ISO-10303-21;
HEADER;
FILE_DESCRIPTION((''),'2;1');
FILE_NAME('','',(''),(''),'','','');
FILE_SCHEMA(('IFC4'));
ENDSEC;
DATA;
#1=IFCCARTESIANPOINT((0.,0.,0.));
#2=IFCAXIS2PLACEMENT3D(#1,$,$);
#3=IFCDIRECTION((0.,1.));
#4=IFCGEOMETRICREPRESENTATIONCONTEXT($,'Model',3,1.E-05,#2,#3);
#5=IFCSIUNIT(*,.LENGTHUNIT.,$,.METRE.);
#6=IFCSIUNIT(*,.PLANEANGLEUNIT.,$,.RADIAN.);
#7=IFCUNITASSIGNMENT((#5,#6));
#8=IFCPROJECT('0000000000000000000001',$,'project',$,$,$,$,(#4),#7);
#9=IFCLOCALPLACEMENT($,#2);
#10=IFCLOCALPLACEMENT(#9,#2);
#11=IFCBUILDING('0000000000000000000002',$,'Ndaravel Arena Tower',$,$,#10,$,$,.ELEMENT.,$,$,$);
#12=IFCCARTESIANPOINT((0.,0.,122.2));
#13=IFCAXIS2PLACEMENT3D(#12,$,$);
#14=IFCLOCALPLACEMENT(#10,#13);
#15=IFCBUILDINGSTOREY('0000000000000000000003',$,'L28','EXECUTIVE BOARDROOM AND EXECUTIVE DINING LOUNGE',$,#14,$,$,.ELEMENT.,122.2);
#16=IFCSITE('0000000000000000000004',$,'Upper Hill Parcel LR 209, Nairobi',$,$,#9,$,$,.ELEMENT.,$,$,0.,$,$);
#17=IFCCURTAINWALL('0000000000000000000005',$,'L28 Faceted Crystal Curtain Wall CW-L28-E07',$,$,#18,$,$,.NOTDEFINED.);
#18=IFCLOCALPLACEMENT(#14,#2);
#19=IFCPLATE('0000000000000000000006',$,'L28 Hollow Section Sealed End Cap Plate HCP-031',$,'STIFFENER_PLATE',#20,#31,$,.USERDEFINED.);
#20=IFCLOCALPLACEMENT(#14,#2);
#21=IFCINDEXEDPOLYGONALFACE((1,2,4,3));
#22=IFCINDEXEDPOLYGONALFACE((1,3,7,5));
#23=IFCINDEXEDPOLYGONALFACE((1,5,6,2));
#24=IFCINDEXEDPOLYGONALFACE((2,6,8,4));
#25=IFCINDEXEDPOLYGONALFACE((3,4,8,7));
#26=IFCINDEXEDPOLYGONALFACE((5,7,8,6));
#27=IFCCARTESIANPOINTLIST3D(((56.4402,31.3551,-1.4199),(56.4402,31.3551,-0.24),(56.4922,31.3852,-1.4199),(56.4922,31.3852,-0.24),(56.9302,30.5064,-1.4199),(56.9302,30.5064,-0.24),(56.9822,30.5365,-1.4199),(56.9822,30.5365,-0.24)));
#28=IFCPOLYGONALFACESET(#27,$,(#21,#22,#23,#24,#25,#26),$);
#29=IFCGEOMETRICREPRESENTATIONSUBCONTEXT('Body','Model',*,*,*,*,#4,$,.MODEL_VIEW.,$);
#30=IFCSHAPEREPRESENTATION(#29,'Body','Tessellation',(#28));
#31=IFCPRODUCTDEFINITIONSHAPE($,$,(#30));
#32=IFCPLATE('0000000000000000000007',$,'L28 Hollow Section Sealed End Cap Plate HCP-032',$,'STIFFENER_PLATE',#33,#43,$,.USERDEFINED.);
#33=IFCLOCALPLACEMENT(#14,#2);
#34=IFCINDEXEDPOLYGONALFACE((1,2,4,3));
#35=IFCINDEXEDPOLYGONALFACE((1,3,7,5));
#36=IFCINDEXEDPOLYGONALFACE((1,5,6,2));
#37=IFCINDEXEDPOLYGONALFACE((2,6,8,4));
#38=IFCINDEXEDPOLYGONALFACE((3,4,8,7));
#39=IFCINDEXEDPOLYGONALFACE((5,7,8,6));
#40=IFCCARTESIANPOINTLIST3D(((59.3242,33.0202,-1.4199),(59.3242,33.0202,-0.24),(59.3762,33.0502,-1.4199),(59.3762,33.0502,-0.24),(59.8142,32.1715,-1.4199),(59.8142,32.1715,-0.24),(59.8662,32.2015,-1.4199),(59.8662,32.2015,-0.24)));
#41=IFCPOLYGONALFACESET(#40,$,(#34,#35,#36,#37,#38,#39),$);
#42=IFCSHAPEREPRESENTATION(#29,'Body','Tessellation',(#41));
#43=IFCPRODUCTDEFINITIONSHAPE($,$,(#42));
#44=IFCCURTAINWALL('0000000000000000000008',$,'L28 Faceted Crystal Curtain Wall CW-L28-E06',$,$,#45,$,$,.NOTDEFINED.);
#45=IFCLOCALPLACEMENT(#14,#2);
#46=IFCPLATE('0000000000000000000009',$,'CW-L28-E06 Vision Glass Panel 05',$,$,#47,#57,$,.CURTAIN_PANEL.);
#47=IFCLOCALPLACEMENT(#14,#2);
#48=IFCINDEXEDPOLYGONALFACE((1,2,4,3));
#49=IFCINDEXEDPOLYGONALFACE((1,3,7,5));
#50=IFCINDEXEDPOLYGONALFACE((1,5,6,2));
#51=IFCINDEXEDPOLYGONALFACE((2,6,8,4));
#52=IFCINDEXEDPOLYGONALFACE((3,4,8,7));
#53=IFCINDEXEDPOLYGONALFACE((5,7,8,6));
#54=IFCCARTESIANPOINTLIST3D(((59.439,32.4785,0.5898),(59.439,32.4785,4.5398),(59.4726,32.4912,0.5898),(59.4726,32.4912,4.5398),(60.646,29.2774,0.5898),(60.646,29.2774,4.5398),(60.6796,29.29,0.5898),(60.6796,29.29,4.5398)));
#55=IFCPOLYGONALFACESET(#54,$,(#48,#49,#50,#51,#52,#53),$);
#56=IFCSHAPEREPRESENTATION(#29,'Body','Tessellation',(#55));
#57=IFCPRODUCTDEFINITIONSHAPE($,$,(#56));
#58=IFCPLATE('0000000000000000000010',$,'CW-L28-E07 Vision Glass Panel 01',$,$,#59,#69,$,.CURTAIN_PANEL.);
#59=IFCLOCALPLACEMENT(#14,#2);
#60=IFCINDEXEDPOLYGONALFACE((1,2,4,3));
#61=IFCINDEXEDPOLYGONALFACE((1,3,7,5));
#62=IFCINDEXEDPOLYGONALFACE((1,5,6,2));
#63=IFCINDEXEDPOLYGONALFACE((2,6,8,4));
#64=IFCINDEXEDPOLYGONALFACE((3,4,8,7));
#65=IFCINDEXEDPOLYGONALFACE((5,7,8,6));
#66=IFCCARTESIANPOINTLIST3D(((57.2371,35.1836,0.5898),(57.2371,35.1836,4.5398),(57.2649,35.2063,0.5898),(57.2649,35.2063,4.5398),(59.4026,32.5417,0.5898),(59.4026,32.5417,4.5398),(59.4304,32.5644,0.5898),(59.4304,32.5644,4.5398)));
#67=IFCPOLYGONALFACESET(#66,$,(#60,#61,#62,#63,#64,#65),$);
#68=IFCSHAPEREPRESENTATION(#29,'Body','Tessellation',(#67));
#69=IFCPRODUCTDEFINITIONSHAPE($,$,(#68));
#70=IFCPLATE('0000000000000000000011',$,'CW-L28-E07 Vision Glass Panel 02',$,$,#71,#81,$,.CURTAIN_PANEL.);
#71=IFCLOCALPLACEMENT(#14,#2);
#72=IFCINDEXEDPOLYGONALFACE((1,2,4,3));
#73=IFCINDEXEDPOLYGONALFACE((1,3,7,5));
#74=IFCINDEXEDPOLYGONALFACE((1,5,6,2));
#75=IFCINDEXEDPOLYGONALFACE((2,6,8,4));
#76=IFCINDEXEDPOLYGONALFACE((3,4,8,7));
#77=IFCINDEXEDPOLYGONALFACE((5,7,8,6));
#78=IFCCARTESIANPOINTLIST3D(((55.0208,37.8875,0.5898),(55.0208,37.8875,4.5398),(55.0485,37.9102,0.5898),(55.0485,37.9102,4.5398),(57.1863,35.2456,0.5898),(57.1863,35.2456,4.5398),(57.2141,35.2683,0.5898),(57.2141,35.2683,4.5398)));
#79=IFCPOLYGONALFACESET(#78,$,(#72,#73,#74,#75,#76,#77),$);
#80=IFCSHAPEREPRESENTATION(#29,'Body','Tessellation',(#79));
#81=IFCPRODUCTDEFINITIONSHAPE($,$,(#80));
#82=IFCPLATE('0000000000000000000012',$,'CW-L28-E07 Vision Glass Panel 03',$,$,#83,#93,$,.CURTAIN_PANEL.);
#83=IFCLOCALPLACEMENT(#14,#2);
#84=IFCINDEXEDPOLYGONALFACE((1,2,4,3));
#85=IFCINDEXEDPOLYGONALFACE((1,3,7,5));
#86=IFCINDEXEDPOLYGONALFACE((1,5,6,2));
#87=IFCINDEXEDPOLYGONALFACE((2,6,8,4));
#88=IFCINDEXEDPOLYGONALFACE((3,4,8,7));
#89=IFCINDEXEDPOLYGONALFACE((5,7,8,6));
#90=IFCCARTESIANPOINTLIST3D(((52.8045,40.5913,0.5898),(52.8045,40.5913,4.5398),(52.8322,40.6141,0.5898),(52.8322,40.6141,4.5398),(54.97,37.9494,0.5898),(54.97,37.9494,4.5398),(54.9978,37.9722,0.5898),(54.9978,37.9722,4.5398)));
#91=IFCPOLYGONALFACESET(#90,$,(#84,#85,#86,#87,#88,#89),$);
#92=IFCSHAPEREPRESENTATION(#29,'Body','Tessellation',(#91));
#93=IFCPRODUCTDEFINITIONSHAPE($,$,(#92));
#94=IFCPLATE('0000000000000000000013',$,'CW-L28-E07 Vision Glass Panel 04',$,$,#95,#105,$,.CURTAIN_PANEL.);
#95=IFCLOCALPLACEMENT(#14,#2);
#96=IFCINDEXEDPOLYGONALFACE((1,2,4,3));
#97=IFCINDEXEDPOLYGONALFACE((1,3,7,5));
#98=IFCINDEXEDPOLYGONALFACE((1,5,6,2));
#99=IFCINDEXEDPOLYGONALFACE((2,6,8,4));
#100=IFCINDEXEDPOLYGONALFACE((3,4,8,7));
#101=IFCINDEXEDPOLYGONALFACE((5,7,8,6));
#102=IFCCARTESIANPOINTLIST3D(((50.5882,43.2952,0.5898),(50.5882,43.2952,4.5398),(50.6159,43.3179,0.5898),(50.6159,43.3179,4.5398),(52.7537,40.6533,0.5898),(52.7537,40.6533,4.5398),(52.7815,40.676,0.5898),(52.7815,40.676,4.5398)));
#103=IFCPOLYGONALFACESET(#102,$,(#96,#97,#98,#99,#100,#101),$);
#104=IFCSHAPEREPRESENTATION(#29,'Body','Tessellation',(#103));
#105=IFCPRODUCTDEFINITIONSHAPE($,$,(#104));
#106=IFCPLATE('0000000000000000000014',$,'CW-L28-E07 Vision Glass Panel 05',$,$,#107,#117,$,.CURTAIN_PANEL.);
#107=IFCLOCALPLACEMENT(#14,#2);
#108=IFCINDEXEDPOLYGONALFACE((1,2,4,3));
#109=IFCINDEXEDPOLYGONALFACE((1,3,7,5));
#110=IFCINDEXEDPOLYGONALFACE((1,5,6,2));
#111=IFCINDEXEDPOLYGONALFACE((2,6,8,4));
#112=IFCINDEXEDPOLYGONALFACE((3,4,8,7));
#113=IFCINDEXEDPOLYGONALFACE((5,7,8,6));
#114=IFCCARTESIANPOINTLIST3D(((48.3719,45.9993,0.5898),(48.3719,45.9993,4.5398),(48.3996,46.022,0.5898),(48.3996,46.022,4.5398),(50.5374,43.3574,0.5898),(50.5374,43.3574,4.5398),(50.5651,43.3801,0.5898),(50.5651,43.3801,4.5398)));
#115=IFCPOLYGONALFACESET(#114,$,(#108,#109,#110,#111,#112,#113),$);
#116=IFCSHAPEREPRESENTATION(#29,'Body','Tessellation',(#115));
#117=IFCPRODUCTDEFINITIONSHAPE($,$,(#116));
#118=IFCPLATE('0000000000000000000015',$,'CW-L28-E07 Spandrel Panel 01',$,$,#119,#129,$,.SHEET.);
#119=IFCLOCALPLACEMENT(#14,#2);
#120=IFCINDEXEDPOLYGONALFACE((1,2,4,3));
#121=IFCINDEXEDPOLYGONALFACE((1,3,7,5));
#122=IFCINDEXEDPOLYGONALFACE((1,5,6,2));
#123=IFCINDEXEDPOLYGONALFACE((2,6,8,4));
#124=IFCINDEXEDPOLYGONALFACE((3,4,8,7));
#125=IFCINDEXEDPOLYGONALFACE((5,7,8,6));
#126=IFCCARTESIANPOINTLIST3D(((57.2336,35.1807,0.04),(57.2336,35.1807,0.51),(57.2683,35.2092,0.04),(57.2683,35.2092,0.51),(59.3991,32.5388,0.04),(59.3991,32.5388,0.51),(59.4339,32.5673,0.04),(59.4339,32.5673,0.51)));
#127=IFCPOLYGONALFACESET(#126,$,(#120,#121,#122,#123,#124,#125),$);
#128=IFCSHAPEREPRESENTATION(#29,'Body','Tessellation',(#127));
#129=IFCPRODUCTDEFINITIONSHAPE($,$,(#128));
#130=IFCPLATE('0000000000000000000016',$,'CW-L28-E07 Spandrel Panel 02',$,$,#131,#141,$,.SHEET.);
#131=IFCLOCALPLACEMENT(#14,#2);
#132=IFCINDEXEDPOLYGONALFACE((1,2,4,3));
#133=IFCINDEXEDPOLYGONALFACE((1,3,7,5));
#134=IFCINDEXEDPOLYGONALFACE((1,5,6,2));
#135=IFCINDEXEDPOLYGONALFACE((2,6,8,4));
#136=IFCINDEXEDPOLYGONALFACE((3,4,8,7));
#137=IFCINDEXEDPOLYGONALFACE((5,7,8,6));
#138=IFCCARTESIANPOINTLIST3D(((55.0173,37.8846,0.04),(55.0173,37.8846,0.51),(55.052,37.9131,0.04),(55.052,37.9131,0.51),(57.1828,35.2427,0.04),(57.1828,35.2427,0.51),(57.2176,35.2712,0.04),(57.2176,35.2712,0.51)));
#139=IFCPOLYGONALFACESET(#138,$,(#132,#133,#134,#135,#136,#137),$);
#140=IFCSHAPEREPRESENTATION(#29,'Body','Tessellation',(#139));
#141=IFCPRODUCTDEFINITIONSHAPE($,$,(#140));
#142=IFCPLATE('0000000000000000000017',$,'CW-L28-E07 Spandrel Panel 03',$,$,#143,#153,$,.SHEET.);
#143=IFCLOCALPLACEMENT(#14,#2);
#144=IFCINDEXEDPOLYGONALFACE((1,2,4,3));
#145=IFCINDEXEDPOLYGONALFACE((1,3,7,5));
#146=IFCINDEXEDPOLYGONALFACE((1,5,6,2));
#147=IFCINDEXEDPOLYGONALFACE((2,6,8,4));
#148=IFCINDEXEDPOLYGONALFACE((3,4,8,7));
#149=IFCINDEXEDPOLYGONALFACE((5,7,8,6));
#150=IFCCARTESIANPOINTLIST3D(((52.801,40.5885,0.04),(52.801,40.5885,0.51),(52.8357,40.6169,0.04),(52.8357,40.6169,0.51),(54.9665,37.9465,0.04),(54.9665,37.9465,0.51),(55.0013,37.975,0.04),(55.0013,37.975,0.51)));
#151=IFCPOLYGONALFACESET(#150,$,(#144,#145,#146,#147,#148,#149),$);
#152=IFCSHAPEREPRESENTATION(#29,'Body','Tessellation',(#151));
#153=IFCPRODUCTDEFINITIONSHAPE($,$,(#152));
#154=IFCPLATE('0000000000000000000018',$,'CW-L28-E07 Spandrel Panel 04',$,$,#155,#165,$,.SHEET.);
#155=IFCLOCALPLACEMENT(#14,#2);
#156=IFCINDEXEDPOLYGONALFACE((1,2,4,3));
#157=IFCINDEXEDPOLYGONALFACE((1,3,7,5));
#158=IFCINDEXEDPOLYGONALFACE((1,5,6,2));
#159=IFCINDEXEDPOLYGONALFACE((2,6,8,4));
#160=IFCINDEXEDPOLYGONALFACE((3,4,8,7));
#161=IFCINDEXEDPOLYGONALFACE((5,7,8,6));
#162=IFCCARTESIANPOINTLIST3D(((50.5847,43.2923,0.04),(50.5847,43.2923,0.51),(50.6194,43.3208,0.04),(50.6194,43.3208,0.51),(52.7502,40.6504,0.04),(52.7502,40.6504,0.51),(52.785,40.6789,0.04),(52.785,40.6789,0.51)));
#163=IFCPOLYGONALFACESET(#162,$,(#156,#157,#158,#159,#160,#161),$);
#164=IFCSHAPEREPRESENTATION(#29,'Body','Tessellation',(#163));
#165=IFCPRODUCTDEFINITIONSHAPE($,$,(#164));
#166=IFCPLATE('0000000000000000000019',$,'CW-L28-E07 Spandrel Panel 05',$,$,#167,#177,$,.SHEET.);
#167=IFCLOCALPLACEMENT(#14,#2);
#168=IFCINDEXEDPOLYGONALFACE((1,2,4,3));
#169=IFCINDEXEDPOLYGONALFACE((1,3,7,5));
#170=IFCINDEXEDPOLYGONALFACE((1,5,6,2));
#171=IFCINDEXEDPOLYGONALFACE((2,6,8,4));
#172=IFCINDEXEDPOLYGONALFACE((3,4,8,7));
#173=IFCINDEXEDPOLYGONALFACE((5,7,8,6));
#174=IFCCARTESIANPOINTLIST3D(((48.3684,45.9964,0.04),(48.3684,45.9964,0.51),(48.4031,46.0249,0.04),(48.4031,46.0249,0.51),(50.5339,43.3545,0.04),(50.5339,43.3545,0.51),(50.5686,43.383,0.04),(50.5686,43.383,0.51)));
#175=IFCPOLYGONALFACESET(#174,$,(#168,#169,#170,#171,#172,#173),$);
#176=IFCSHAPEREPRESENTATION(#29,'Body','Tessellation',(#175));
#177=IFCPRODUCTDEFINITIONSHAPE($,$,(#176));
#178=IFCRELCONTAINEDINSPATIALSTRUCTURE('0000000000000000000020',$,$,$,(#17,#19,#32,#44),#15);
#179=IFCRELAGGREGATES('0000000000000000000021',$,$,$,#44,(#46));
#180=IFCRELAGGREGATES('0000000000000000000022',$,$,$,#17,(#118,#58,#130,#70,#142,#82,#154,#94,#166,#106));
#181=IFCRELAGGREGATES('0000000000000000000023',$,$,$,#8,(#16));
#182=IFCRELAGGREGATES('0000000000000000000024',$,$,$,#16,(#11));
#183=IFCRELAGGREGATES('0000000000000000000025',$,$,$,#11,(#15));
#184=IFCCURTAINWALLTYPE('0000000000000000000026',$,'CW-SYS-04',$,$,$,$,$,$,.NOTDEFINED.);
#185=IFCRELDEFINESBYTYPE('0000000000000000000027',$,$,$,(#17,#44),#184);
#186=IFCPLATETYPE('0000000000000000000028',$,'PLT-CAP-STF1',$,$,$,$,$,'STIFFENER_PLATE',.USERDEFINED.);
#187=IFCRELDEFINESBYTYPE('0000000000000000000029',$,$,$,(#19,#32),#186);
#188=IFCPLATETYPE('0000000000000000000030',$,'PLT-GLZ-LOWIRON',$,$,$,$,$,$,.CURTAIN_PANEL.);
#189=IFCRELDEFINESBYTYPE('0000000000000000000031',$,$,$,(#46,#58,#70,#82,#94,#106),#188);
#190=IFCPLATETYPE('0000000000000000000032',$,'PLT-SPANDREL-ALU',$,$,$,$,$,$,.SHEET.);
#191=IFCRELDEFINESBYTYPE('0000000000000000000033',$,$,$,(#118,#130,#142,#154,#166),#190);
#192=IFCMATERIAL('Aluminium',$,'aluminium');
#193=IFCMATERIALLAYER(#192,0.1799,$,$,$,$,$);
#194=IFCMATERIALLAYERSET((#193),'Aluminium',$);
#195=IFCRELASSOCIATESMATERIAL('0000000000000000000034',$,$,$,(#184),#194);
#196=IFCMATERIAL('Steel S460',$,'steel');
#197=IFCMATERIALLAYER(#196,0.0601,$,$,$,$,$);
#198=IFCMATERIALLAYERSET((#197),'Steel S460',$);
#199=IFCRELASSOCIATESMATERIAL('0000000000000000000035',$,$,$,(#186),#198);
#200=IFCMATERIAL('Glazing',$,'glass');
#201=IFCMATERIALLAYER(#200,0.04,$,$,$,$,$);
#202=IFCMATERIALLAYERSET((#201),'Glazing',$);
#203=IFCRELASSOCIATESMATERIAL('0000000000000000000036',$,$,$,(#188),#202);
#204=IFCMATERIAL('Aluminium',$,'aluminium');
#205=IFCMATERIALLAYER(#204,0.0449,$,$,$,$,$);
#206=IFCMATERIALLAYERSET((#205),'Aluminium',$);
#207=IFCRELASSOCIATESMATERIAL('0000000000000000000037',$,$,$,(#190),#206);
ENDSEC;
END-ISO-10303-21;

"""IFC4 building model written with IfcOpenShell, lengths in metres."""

from ifc_helpers import new_model, si_unit, direction, frame, origin, origin_2d, place, context, subcontext, project, spatial, rectangle, extrude, material, layer, layer_set, type_object, element, aggregate, save


model = new_model("IFC4")

# Units and contexts
model_context = context("Model", 3, precision=1e-05, world=origin(), true_north=direction((0.0, 1.0)))
body_context = subcontext(model_context, "Body", "Model", "MODEL_VIEW")
ifc_project = project(units=[si_unit("LENGTHUNIT", "METRE"), si_unit("PLANEANGLEUNIT", "RADIAN")], contexts=[model_context])

# Site, building, storey
site_placement = place(None, origin())
site = spatial("IfcSite", under=ifc_project, at=site_placement, Name="Upper Hill Parcel LR 209, Nairobi", CompositionType="ELEMENT", RefElevation=0.0)
building_placement = place(site_placement, origin())
building = spatial("IfcBuilding", under=site, at=building_placement, Name="Ndaravel Arena Tower", CompositionType="ELEMENT")
storey_placement = place(building_placement, frame((0.0, 0.0, 122.2)))
storey = spatial("IfcBuildingStorey", under=building, at=storey_placement, Name="L28", Description="EXECUTIVE BOARDROOM AND EXECUTIVE DINING LOUNGE", CompositionType="ELEMENT", Elevation=122.2)

# Curtain wall
ifc_material_1 = material(Name="Aluminium", Category="aluminium")
ifc_layer_1 = layer(ifc_material_1, 0.1799)
ifc_layer_set_1 = layer_set([ifc_layer_1], Name="Aluminium")
curtain_wall_type = type_object("IfcCurtainWallType", Name="CW-SYS-04", PredefinedType="NOTDEFINED", material=ifc_layer_set_1)
curtain_wall_1_placement = place(storey_placement, origin())
curtain_wall_1 = element("IfcCurtainWall", 1, at=curtain_wall_1_placement, inside=storey, type_object=curtain_wall_type, Name="L28 Faceted Crystal Curtain Wall CW-L28-E07", PredefinedType="NOTDEFINED")

# Plates
ifc_material_2 = material(Name="Steel S460", Category="steel")
ifc_layer_2 = layer(ifc_material_2, 0.0601)
ifc_layer_set_2 = layer_set([ifc_layer_2], Name="Steel S460")
plate_type_1 = type_object("IfcPlateType", Name="PLT-CAP-STF1", ElementType="STIFFENER_PLATE", PredefinedType="USERDEFINED", material=ifc_layer_set_2)
for number, where, z_axis, x_axis, name in (
    (2, (56.7112, 30.9458, -1.4199), (0.0, 0.0, 1.0), (0.866025, 0.5, 0.0), "L28 Hollow Section Sealed End Cap Plate HCP-031"),
    (3, (59.5952, 32.6108, -1.4199), (0.0, 0.0, 1.0), (0.866025, 0.5, 0.0), "L28 Hollow Section Sealed End Cap Plate HCP-032"),
):
    element("IfcPlate", number, at=place(storey_placement, frame(where, z_axis=z_axis, x_axis=x_axis)), inside=storey, type_object=plate_type_1, Name=name, ObjectType="STIFFENER_PLATE", PredefinedType="USERDEFINED", context=body_context, shape_type="SweptSolid", body=[
        extrude(rectangle(XDim=0.0601, YDim=0.98, at=origin_2d()), origin(), (0.0, 0.0, 1.0), 1.1799),
    ])

# Curtain wall, plate
curtain_wall_2_placement = place(storey_placement, origin())
curtain_wall_2 = element("IfcCurtainWall", 4, at=curtain_wall_2_placement, inside=storey, type_object=curtain_wall_type, Name="L28 Faceted Crystal Curtain Wall CW-L28-E06", PredefinedType="NOTDEFINED")
ifc_material_3 = material(Name="Glazing", Category="glass")
ifc_layer_3 = layer(ifc_material_3, 0.04)
ifc_layer_set_3 = layer_set([ifc_layer_3], Name="Glazing")
plate_type_2 = type_object("IfcPlateType", Name="PLT-GLZ-LOWIRON", PredefinedType="CURTAIN_PANEL", material=ifc_layer_set_3)
plate_1_placement = place(storey_placement, frame((60.0593, 30.8843, 0.5898), z_axis=(0.0, 0.0, 1.0), x_axis=(-0.352805, 0.935697, 0.0)))
plate_1 = element("IfcPlate", 5, at=plate_1_placement, type_object=plate_type_2, Name="CW-L28-E06 Vision Glass Panel 05", PredefinedType="CURTAIN_PANEL", context=body_context, shape_type="SweptSolid", body=[
    extrude(rectangle(XDim=3.4211, YDim=0.0359, at=origin_2d()), origin(), (0.0, 0.0, 1.0), 3.95),
])
aggregate(curtain_wall_2, [plate_1])

# Plates
plate_2_placement = place(storey_placement, frame((58.3337, 33.874, 0.5898), z_axis=(0.0, 0.0, 1.0), x_axis=(-0.633934, 0.773387, 0.0)))
plate_2 = element("IfcPlate", 6, at=plate_2_placement, type_object=plate_type_2, Name="CW-L28-E07 Vision Glass Panel 01", PredefinedType="CURTAIN_PANEL", context=body_context, shape_type="SweptSolid", body=[
    extrude(rectangle(XDim=3.416, YDim=0.0359, at=origin_2d()), origin(), (0.0, 0.0, 1.0), 3.95),
])
plate_3_placement = place(storey_placement, frame((56.1174, 36.5779, 0.5898), z_axis=(0.0, 0.0, 1.0), x_axis=(-0.633934, 0.773387, 0.0)))
plate_3 = element("IfcPlate", 7, at=plate_3_placement, type_object=plate_type_2, Name="CW-L28-E07 Vision Glass Panel 02", PredefinedType="CURTAIN_PANEL", context=body_context, shape_type="SweptSolid", body=[
    extrude(rectangle(XDim=3.416, YDim=0.0359, at=origin_2d()), origin(), (0.0, 0.0, 1.0), 3.95),
])
plate_4_placement = place(storey_placement, frame((53.9011, 39.2817, 0.5898), z_axis=(0.0, 0.0, 1.0), x_axis=(-0.633934, 0.773387, 0.0)))
plate_4 = element("IfcPlate", 8, at=plate_4_placement, type_object=plate_type_2, Name="CW-L28-E07 Vision Glass Panel 03", PredefinedType="CURTAIN_PANEL", context=body_context, shape_type="SweptSolid", body=[
    extrude(rectangle(XDim=3.416, YDim=0.0359, at=origin_2d()), origin(), (0.0, 0.0, 1.0), 3.95),
])
plate_5_placement = place(storey_placement, frame((51.6848, 41.9856, 0.5898), z_axis=(0.0, 0.0, 1.0), x_axis=(-0.633934, 0.773387, 0.0)))
plate_5 = element("IfcPlate", 9, at=plate_5_placement, type_object=plate_type_2, Name="CW-L28-E07 Vision Glass Panel 04", PredefinedType="CURTAIN_PANEL", context=body_context, shape_type="SweptSolid", body=[
    extrude(rectangle(XDim=3.416, YDim=0.0359, at=origin_2d()), origin(), (0.0, 0.0, 1.0), 3.95),
])
plate_6_placement = place(storey_placement, frame((49.4685, 44.6897, 0.5898), z_axis=(0.0, 0.0, 1.0), x_axis=(-0.633934, 0.773387, 0.0)))
plate_6 = element("IfcPlate", 10, at=plate_6_placement, type_object=plate_type_2, Name="CW-L28-E07 Vision Glass Panel 05", PredefinedType="CURTAIN_PANEL", context=body_context, shape_type="SweptSolid", body=[
    extrude(rectangle(XDim=3.416, YDim=0.0359, at=origin_2d()), origin(), (0.0, 0.0, 1.0), 3.95),
])
ifc_material_4 = material(Name="Aluminium", Category="aluminium")
ifc_layer_4 = layer(ifc_material_4, 0.0449)
ifc_layer_set_4 = layer_set([ifc_layer_4], Name="Aluminium")
plate_type_3 = type_object("IfcPlateType", Name="PLT-SPANDREL-ALU", PredefinedType="SHEET", material=ifc_layer_set_4)
plate_7_placement = place(storey_placement, frame((58.3337, 33.874, 0.04), z_axis=(0.0, 0.0, 1.0), x_axis=(-0.633934, 0.773387, 0.0)))
plate_7 = element("IfcPlate", 11, at=plate_7_placement, type_object=plate_type_3, Name="CW-L28-E07 Spandrel Panel 01", PredefinedType="SHEET", context=body_context, shape_type="SweptSolid", body=[
    extrude(rectangle(XDim=3.416, YDim=0.0449, at=origin_2d()), origin(), (0.0, 0.0, 1.0), 0.47),
])
plate_8_placement = place(storey_placement, frame((56.1174, 36.5779, 0.04), z_axis=(0.0, 0.0, 1.0), x_axis=(-0.633934, 0.773387, 0.0)))
plate_8 = element("IfcPlate", 12, at=plate_8_placement, type_object=plate_type_3, Name="CW-L28-E07 Spandrel Panel 02", PredefinedType="SHEET", context=body_context, shape_type="SweptSolid", body=[
    extrude(rectangle(XDim=3.416, YDim=0.0449, at=origin_2d()), origin(), (0.0, 0.0, 1.0), 0.47),
])
plate_9_placement = place(storey_placement, frame((53.9011, 39.2817, 0.04), z_axis=(0.0, 0.0, 1.0), x_axis=(-0.633934, 0.773387, 0.0)))
plate_9 = element("IfcPlate", 13, at=plate_9_placement, type_object=plate_type_3, Name="CW-L28-E07 Spandrel Panel 03", PredefinedType="SHEET", context=body_context, shape_type="SweptSolid", body=[
    extrude(rectangle(XDim=3.416, YDim=0.0449, at=origin_2d()), origin(), (0.0, 0.0, 1.0), 0.47),
])
plate_10_placement = place(storey_placement, frame((51.6848, 41.9856, 0.04), z_axis=(0.0, 0.0, 1.0), x_axis=(-0.633934, 0.773387, 0.0)))
plate_10 = element("IfcPlate", 14, at=plate_10_placement, type_object=plate_type_3, Name="CW-L28-E07 Spandrel Panel 04", PredefinedType="SHEET", context=body_context, shape_type="SweptSolid", body=[
    extrude(rectangle(XDim=3.416, YDim=0.0449, at=origin_2d()), origin(), (0.0, 0.0, 1.0), 0.47),
])
plate_11_placement = place(storey_placement, frame((49.4685, 44.6897, 0.04), z_axis=(0.0, 0.0, 1.0), x_axis=(-0.633934, 0.773387, 0.0)))
plate_11 = element("IfcPlate", 15, at=plate_11_placement, type_object=plate_type_3, Name="CW-L28-E07 Spandrel Panel 05", PredefinedType="SHEET", context=body_context, shape_type="SweptSolid", body=[
    extrude(rectangle(XDim=3.416, YDim=0.0449, at=origin_2d()), origin(), (0.0, 0.0, 1.0), 0.47),
])
aggregate(curtain_wall_1, [plate_7, plate_2, plate_8, plate_3, plate_9, plate_4, plate_10, plate_5, plate_11, plate_6])

save(model, "model.ifc")
